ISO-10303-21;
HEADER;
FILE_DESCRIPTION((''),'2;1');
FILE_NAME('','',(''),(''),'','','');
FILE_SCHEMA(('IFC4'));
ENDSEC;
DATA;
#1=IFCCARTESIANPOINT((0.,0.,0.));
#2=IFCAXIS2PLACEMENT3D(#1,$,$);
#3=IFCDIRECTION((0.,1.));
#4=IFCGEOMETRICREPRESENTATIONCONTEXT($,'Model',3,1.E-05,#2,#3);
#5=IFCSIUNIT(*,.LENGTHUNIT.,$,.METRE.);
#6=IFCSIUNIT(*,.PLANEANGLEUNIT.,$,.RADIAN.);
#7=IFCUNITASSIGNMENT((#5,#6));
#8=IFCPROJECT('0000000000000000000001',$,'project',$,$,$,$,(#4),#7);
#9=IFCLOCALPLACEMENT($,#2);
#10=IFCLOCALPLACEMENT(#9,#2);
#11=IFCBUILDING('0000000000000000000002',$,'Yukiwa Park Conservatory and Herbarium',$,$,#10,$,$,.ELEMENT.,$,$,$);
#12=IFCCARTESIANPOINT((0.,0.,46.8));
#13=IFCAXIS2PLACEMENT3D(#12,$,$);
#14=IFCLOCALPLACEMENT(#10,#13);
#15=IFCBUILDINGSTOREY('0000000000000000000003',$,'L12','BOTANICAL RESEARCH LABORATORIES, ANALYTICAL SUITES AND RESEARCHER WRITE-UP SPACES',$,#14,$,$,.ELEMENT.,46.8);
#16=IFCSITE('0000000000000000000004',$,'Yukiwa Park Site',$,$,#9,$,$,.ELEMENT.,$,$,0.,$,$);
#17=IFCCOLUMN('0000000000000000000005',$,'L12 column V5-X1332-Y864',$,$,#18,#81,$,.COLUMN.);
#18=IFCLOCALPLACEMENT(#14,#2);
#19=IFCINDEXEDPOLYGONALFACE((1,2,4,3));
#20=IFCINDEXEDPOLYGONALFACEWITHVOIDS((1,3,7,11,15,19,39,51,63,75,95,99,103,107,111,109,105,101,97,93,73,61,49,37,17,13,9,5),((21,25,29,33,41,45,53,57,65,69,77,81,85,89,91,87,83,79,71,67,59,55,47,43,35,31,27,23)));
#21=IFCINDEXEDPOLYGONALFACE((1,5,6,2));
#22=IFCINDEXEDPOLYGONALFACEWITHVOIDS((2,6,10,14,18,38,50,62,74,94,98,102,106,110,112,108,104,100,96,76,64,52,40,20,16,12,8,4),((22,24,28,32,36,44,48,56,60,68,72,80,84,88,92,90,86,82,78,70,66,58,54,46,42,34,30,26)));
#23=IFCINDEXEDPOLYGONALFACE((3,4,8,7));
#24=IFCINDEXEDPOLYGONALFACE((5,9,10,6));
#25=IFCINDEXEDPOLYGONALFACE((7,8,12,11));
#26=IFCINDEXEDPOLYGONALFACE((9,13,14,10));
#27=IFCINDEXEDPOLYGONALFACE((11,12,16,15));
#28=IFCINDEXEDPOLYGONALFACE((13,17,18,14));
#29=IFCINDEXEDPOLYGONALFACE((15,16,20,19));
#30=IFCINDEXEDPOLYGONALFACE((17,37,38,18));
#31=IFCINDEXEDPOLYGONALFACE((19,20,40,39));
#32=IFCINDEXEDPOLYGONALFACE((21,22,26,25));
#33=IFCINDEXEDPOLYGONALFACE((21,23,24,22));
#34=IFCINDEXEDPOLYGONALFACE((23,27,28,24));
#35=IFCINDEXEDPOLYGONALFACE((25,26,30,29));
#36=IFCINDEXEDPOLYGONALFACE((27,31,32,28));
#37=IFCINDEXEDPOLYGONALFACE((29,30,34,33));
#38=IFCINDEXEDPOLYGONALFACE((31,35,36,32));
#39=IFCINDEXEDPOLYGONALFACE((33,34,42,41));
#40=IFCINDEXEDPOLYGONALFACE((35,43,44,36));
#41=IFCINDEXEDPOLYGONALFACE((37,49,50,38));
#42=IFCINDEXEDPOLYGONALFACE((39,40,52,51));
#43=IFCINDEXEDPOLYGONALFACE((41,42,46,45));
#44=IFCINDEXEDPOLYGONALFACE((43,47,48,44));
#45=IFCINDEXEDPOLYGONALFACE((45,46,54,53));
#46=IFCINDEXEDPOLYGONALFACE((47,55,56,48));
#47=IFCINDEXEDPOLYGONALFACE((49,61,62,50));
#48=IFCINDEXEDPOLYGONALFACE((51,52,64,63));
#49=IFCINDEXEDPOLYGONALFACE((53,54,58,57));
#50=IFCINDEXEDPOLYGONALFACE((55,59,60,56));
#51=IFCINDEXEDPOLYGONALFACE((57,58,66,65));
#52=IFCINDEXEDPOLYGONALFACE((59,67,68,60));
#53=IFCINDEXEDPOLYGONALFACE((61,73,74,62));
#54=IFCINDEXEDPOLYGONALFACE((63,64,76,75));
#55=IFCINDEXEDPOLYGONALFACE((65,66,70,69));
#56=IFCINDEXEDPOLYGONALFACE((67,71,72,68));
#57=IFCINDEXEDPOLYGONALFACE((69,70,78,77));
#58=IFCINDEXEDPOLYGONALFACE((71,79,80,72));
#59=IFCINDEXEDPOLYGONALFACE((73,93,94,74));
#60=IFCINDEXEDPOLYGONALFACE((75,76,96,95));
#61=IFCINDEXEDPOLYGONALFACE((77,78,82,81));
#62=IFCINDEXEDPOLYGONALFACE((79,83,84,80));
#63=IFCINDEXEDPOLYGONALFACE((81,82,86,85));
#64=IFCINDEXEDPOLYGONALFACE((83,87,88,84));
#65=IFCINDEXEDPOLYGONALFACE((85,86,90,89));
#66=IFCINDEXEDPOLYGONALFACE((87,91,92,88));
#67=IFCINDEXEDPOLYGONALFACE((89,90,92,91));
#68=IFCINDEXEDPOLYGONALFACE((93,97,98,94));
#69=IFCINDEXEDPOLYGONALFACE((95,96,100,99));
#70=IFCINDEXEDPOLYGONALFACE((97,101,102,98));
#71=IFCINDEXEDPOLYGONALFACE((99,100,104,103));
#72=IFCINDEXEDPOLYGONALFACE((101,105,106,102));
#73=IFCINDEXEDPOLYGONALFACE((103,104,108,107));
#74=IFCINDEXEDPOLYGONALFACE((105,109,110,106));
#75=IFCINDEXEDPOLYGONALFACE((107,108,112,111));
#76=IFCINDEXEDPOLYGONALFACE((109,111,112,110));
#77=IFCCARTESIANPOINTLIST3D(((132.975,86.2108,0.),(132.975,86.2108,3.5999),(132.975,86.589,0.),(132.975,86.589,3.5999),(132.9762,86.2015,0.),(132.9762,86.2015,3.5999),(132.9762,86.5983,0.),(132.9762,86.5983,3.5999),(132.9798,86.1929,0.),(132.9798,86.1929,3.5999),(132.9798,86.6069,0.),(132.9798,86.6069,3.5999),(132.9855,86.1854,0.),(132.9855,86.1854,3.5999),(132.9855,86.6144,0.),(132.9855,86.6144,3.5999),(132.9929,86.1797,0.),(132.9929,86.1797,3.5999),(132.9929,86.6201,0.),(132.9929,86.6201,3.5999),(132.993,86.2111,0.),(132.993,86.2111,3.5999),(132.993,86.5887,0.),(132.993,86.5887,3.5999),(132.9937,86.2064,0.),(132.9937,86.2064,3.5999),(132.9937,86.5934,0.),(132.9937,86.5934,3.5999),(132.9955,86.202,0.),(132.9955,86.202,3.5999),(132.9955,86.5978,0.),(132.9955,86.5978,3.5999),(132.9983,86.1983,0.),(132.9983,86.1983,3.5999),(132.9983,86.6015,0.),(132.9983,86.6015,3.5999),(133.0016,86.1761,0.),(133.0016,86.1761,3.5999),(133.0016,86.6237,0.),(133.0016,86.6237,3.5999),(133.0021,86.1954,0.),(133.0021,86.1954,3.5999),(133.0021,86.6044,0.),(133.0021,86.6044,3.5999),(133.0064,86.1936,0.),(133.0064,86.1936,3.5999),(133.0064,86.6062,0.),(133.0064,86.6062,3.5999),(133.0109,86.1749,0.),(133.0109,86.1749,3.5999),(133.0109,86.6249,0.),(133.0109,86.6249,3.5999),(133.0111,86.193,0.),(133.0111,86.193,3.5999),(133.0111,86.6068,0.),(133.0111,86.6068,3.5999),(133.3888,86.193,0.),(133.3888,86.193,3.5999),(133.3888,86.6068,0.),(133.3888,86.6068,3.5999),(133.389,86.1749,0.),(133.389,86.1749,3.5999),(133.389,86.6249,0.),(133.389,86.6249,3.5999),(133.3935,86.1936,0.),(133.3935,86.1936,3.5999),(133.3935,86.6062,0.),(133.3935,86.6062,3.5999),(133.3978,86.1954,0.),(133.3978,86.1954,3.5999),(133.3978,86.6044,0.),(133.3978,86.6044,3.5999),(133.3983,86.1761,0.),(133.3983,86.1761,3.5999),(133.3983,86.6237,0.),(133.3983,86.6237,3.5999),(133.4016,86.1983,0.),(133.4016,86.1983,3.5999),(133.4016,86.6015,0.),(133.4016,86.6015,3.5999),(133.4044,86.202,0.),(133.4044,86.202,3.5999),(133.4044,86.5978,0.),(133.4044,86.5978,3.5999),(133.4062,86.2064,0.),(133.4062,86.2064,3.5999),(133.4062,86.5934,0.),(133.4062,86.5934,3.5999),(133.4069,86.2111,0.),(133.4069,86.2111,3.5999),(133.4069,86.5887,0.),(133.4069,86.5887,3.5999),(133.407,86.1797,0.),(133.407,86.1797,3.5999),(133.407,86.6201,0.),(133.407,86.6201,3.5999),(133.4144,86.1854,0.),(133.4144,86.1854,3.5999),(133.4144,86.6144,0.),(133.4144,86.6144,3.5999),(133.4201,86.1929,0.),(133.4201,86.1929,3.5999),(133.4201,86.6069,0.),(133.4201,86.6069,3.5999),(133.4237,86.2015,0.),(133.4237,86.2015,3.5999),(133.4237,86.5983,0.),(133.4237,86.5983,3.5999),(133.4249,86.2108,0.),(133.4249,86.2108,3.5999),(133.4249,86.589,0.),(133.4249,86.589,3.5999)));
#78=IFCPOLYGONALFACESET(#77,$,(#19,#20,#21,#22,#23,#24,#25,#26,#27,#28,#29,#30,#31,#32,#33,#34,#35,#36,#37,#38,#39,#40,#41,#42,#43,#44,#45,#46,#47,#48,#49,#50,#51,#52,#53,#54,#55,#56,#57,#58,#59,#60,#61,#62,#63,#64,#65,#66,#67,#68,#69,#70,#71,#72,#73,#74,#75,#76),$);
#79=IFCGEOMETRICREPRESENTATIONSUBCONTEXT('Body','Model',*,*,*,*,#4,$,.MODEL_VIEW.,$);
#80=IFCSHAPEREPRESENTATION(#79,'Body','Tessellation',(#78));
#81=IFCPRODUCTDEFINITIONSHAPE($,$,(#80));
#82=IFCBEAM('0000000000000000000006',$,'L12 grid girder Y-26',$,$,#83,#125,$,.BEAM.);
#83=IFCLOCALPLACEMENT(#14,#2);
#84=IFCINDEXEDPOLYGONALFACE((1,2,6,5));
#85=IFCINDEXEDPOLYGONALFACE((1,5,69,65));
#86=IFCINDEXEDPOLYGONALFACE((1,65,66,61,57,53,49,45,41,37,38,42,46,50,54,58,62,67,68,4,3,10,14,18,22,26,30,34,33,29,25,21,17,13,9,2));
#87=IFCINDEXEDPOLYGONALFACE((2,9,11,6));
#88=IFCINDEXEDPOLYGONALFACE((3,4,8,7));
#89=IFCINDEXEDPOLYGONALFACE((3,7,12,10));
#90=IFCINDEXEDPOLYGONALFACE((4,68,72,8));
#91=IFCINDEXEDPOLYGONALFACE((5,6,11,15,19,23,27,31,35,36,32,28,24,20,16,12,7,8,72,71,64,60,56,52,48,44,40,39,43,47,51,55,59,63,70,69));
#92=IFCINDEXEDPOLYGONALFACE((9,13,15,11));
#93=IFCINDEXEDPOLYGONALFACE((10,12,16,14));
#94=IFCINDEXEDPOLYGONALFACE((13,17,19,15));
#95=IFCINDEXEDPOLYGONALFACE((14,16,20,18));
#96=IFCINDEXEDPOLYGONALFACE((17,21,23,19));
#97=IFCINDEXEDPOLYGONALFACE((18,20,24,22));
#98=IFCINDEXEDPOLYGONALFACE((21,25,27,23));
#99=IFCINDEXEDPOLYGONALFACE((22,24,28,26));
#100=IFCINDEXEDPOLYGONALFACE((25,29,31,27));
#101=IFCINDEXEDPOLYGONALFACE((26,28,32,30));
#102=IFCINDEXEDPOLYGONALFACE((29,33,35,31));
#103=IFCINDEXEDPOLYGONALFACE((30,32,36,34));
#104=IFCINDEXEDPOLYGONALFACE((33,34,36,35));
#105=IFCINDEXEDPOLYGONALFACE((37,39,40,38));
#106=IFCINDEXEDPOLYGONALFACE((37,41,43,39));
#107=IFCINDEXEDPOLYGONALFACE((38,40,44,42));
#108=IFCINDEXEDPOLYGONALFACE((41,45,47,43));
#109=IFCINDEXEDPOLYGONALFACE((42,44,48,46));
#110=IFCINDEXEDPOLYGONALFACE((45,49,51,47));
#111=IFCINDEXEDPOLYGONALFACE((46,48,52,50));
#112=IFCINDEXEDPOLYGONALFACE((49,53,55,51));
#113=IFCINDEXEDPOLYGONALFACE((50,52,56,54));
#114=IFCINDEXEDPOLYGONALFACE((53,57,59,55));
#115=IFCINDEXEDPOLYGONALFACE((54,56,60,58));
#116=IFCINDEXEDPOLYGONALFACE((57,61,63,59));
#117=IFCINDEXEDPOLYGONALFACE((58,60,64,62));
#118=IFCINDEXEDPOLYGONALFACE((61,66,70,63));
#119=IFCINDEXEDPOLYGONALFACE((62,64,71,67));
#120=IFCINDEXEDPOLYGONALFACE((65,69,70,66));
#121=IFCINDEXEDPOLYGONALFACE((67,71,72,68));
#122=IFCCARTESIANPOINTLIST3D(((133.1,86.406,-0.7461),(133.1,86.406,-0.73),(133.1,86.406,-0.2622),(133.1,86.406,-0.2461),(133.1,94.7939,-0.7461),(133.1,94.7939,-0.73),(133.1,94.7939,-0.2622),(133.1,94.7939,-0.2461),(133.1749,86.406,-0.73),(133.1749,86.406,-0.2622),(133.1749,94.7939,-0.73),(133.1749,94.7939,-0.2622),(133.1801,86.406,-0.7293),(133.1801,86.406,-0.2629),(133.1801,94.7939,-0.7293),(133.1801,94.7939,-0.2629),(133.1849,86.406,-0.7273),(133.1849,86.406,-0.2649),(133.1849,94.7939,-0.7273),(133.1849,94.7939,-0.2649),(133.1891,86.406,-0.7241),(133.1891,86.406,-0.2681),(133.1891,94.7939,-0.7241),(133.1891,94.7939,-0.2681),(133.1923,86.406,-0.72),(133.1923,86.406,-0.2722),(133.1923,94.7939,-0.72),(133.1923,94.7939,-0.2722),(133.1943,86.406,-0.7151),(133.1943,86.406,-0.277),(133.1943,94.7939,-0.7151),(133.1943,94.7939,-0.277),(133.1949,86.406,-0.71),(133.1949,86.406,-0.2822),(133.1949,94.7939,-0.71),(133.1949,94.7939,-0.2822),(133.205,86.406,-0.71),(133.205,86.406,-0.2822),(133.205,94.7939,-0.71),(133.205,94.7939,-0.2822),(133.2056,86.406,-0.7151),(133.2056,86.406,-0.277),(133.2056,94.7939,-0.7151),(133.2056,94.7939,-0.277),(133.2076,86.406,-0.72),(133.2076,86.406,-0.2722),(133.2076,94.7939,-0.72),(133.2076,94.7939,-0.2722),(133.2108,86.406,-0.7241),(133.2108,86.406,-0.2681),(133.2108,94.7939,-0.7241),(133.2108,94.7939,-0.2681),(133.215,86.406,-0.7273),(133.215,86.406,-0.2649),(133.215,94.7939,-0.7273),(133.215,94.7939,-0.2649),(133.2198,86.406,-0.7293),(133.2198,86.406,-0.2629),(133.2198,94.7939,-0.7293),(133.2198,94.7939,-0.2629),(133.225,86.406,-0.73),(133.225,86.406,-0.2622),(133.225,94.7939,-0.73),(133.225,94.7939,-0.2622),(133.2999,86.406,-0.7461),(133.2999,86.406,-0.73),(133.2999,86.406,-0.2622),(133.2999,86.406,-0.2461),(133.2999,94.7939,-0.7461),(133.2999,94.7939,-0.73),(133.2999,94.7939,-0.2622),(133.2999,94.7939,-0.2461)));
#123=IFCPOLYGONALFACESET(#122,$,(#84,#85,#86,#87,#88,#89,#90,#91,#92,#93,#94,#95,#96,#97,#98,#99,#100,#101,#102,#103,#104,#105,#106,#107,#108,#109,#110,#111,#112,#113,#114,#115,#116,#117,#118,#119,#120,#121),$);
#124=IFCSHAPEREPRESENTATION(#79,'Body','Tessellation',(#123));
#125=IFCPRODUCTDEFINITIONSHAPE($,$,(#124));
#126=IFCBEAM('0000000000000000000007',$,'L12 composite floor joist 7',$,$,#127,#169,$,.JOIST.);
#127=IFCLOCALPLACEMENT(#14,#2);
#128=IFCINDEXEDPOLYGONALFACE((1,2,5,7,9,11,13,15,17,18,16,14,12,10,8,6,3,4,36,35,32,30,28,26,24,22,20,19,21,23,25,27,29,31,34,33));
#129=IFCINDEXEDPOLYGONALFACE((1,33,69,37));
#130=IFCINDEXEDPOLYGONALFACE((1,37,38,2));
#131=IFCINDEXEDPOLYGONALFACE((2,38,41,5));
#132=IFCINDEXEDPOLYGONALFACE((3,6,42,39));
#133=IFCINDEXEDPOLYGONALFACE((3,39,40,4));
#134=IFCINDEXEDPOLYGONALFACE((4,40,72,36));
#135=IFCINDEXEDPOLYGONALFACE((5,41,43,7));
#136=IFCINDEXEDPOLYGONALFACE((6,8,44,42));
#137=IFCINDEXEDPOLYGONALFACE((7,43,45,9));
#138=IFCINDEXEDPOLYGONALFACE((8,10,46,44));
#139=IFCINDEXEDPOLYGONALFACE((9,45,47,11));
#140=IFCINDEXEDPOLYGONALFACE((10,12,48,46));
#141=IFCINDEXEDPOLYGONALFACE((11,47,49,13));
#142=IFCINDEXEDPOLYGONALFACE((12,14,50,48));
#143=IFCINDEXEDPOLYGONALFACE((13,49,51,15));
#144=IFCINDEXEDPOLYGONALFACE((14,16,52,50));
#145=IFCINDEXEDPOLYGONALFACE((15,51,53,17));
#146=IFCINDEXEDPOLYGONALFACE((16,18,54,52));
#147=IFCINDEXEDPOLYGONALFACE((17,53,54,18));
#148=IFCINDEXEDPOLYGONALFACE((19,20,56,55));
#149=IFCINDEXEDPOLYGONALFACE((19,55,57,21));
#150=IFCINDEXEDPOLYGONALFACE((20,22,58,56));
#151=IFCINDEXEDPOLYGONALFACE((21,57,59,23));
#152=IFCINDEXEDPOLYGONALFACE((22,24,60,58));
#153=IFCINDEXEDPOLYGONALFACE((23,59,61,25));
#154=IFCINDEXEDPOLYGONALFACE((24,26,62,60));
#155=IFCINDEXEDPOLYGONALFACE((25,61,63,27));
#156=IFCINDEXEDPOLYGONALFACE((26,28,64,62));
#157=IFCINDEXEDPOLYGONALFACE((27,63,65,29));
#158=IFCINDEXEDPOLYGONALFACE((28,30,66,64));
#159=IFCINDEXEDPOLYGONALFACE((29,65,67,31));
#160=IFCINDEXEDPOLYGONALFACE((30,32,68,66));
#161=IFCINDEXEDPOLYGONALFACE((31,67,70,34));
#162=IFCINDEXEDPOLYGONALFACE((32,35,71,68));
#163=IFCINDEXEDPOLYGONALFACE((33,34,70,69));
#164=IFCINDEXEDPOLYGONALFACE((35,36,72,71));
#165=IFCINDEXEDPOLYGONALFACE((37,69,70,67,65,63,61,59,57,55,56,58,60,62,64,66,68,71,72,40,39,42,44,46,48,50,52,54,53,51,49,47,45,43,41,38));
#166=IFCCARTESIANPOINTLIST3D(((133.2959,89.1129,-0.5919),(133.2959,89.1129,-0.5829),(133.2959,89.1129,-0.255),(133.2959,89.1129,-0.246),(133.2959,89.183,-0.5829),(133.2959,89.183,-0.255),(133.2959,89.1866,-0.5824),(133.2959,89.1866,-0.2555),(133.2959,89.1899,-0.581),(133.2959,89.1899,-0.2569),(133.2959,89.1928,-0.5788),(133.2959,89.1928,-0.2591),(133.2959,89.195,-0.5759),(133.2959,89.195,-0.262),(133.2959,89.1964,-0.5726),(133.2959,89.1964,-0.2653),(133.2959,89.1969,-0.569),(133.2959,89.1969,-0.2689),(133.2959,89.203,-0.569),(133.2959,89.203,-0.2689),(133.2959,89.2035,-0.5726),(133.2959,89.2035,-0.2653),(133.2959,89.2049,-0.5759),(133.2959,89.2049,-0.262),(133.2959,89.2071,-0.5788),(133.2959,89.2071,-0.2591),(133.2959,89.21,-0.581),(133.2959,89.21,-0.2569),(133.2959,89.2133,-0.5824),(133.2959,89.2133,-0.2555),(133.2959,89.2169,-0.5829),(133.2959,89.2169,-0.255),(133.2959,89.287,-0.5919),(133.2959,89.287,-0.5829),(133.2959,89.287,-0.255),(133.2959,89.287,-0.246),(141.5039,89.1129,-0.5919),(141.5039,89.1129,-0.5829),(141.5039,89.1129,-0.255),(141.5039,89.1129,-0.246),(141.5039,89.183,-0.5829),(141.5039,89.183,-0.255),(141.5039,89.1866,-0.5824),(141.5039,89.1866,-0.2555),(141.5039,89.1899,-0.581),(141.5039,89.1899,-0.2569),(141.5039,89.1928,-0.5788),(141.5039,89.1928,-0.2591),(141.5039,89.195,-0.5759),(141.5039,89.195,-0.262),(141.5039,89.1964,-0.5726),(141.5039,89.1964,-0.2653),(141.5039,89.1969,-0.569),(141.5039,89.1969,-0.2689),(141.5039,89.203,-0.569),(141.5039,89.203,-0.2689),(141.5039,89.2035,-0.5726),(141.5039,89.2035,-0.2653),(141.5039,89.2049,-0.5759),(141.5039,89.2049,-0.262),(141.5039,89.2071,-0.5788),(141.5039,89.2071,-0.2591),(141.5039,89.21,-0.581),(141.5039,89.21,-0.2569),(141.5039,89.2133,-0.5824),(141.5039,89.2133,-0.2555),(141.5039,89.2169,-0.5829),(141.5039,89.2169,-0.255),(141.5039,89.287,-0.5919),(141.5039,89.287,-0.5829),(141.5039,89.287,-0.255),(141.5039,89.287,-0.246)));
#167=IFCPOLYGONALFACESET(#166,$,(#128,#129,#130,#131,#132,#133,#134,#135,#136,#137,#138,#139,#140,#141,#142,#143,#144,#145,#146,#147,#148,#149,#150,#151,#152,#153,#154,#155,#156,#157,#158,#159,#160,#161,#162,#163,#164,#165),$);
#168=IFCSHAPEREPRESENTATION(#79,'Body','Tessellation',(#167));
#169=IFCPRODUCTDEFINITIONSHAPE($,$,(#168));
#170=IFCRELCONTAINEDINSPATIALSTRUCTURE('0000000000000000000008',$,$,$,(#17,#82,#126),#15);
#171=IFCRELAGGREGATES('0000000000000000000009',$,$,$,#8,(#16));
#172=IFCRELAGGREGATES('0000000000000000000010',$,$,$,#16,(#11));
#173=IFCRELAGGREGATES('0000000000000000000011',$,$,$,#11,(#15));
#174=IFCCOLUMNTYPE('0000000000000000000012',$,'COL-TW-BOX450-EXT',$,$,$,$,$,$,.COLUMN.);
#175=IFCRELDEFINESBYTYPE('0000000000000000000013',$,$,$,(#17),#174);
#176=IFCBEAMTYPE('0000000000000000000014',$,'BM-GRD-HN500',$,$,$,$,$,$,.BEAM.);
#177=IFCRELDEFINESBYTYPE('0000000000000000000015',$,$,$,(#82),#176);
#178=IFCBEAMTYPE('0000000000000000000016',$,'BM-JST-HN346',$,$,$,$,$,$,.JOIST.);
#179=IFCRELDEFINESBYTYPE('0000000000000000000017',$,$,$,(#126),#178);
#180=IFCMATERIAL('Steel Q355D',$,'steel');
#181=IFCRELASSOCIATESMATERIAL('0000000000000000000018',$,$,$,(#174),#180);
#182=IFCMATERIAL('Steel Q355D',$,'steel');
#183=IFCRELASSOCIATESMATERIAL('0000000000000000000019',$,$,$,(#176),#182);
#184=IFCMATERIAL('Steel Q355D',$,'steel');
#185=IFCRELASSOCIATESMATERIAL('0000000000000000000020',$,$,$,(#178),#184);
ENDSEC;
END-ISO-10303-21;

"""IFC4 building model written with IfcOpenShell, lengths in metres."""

from ifc_helpers import new_model, si_unit, direction, frame, origin, origin_2d, place, context, subcontext, project, spatial, hollow_rectangle, i_section, extrude, material, material_profile, profile_set, type_object, element, save


model = new_model("IFC4")

# Units and contexts
model_context = context("Model", 3, precision=1e-05, world=origin(), true_north=direction((0.0, 1.0)))
body_context = subcontext(model_context, "Body", "Model", "MODEL_VIEW")
ifc_project = project(units=[si_unit("LENGTHUNIT", "METRE"), si_unit("PLANEANGLEUNIT", "RADIAN")], contexts=[model_context])

# Site, building, storey
site_placement = place(None, origin())
site = spatial("IfcSite", under=ifc_project, at=site_placement, Name="Yukiwa Park Site", CompositionType="ELEMENT", RefElevation=0.0)
building_placement = place(site_placement, origin())
building = spatial("IfcBuilding", under=site, at=building_placement, Name="Yukiwa Park Conservatory and Herbarium", CompositionType="ELEMENT")
storey_placement = place(building_placement, frame((0.0, 0.0, 46.8)))
storey = spatial("IfcBuildingStorey", under=building, at=storey_placement, Name="L12", Description="BOTANICAL RESEARCH LABORATORIES, ANALYTICAL SUITES AND RESEARCHER WRITE-UP SPACES", CompositionType="ELEMENT", Elevation=46.8)

# Column
ifc_material_1 = material(Name="Steel Q355D", Category="steel")
ifc_material_profile_1 = material_profile(ifc_material_1, hollow_rectangle(XDim=0.45, YDim=0.45, WallThickness=0.0181, InnerFilletRadius=0.0181, OuterFilletRadius=0.0359, at=origin_2d()), Name="BOX 450x450x18")
ifc_profile_set_1 = profile_set([ifc_material_profile_1], Name="Steel Q355D")
column_type = type_object("IfcColumnType", Name="COL-TW-BOX450-EXT", PredefinedType="COLUMN", material=ifc_profile_set_1)
column_placement = place(storey_placement, frame((133.2, 86.3999, 0.0), z_axis=(0.0, 0.0, 1.0), x_axis=(1.0, 0.0, 0.0)))
element("IfcColumn", 1, at=column_placement, inside=storey, type_object=column_type, Name="L12 column V5-X1332-Y864", PredefinedType="COLUMN", context=body_context, shape_type="SweptSolid", body=[
    extrude(hollow_rectangle(XDim=0.45, YDim=0.45, WallThickness=0.0181, InnerFilletRadius=0.0181, OuterFilletRadius=0.0359, at=origin_2d()), origin(), (0.0, 0.0, 1.0), 3.5999),
])

# Beams
ifc_material_2 = material(Name="Steel Q355D", Category="steel")
ifc_material_profile_2 = material_profile(ifc_material_2, i_section(OverallWidth=0.2, OverallDepth=0.5, WebThickness=0.01, FlangeThickness=0.0161, FilletRadius=0.02, at=origin_2d()), Name="HN 500x200x10x16")
ifc_profile_set_2 = profile_set([ifc_material_profile_2], Name="Steel Q355D")
beam_type_1 = type_object("IfcBeamType", Name="BM-GRD-HN500", PredefinedType="BEAM", material=ifc_profile_set_2)
beam_1_placement = place(storey_placement, frame((133.2, 86.406, -0.4961), z_axis=(0.0, 1.0, 0.0), x_axis=(-1.0, 0.0, 0.0)))
element("IfcBeam", 2, at=beam_1_placement, inside=storey, type_object=beam_type_1, Name="L12 grid girder Y-26", PredefinedType="BEAM", context=body_context, shape_type="SweptSolid", body=[
    extrude(i_section(OverallWidth=0.2, OverallDepth=0.5, WebThickness=0.01, FlangeThickness=0.0161, FilletRadius=0.02, at=origin_2d()), origin(), (0.0, 0.0, 1.0), 8.3879),
])
ifc_material_3 = material(Name="Steel Q355D", Category="steel")
ifc_material_profile_3 = material_profile(ifc_material_3, i_section(OverallWidth=0.1741, OverallDepth=0.3459, WebThickness=0.0061, FlangeThickness=0.009, FilletRadius=0.0139, at=origin_2d()), Name="HN 346x174x6x9")
ifc_profile_set_3 = profile_set([ifc_material_profile_3], Name="Steel Q355D")
beam_type_2 = type_object("IfcBeamType", Name="BM-JST-HN346", PredefinedType="JOIST", material=ifc_profile_set_3)
for number, where, z_axis, x_axis, name in (
    (3, (133.2959, 89.2, -0.4189), (1.0, 0.0, 0.0), (0.0, 1.0, 0.0), "L12 composite floor joist 7"),
):
    element("IfcBeam", number, at=place(storey_placement, frame(where, z_axis=z_axis, x_axis=x_axis)), inside=storey, type_object=beam_type_2, Name=name, PredefinedType="JOIST", context=body_context, shape_type="SweptSolid", body=[
        extrude(i_section(OverallWidth=0.1741, OverallDepth=0.3459, WebThickness=0.0061, FlangeThickness=0.009, FilletRadius=0.0139, at=origin_2d()), origin(), (0.0, 0.0, 1.0), 8.208),
    ])

save(model, "model.ifc")
